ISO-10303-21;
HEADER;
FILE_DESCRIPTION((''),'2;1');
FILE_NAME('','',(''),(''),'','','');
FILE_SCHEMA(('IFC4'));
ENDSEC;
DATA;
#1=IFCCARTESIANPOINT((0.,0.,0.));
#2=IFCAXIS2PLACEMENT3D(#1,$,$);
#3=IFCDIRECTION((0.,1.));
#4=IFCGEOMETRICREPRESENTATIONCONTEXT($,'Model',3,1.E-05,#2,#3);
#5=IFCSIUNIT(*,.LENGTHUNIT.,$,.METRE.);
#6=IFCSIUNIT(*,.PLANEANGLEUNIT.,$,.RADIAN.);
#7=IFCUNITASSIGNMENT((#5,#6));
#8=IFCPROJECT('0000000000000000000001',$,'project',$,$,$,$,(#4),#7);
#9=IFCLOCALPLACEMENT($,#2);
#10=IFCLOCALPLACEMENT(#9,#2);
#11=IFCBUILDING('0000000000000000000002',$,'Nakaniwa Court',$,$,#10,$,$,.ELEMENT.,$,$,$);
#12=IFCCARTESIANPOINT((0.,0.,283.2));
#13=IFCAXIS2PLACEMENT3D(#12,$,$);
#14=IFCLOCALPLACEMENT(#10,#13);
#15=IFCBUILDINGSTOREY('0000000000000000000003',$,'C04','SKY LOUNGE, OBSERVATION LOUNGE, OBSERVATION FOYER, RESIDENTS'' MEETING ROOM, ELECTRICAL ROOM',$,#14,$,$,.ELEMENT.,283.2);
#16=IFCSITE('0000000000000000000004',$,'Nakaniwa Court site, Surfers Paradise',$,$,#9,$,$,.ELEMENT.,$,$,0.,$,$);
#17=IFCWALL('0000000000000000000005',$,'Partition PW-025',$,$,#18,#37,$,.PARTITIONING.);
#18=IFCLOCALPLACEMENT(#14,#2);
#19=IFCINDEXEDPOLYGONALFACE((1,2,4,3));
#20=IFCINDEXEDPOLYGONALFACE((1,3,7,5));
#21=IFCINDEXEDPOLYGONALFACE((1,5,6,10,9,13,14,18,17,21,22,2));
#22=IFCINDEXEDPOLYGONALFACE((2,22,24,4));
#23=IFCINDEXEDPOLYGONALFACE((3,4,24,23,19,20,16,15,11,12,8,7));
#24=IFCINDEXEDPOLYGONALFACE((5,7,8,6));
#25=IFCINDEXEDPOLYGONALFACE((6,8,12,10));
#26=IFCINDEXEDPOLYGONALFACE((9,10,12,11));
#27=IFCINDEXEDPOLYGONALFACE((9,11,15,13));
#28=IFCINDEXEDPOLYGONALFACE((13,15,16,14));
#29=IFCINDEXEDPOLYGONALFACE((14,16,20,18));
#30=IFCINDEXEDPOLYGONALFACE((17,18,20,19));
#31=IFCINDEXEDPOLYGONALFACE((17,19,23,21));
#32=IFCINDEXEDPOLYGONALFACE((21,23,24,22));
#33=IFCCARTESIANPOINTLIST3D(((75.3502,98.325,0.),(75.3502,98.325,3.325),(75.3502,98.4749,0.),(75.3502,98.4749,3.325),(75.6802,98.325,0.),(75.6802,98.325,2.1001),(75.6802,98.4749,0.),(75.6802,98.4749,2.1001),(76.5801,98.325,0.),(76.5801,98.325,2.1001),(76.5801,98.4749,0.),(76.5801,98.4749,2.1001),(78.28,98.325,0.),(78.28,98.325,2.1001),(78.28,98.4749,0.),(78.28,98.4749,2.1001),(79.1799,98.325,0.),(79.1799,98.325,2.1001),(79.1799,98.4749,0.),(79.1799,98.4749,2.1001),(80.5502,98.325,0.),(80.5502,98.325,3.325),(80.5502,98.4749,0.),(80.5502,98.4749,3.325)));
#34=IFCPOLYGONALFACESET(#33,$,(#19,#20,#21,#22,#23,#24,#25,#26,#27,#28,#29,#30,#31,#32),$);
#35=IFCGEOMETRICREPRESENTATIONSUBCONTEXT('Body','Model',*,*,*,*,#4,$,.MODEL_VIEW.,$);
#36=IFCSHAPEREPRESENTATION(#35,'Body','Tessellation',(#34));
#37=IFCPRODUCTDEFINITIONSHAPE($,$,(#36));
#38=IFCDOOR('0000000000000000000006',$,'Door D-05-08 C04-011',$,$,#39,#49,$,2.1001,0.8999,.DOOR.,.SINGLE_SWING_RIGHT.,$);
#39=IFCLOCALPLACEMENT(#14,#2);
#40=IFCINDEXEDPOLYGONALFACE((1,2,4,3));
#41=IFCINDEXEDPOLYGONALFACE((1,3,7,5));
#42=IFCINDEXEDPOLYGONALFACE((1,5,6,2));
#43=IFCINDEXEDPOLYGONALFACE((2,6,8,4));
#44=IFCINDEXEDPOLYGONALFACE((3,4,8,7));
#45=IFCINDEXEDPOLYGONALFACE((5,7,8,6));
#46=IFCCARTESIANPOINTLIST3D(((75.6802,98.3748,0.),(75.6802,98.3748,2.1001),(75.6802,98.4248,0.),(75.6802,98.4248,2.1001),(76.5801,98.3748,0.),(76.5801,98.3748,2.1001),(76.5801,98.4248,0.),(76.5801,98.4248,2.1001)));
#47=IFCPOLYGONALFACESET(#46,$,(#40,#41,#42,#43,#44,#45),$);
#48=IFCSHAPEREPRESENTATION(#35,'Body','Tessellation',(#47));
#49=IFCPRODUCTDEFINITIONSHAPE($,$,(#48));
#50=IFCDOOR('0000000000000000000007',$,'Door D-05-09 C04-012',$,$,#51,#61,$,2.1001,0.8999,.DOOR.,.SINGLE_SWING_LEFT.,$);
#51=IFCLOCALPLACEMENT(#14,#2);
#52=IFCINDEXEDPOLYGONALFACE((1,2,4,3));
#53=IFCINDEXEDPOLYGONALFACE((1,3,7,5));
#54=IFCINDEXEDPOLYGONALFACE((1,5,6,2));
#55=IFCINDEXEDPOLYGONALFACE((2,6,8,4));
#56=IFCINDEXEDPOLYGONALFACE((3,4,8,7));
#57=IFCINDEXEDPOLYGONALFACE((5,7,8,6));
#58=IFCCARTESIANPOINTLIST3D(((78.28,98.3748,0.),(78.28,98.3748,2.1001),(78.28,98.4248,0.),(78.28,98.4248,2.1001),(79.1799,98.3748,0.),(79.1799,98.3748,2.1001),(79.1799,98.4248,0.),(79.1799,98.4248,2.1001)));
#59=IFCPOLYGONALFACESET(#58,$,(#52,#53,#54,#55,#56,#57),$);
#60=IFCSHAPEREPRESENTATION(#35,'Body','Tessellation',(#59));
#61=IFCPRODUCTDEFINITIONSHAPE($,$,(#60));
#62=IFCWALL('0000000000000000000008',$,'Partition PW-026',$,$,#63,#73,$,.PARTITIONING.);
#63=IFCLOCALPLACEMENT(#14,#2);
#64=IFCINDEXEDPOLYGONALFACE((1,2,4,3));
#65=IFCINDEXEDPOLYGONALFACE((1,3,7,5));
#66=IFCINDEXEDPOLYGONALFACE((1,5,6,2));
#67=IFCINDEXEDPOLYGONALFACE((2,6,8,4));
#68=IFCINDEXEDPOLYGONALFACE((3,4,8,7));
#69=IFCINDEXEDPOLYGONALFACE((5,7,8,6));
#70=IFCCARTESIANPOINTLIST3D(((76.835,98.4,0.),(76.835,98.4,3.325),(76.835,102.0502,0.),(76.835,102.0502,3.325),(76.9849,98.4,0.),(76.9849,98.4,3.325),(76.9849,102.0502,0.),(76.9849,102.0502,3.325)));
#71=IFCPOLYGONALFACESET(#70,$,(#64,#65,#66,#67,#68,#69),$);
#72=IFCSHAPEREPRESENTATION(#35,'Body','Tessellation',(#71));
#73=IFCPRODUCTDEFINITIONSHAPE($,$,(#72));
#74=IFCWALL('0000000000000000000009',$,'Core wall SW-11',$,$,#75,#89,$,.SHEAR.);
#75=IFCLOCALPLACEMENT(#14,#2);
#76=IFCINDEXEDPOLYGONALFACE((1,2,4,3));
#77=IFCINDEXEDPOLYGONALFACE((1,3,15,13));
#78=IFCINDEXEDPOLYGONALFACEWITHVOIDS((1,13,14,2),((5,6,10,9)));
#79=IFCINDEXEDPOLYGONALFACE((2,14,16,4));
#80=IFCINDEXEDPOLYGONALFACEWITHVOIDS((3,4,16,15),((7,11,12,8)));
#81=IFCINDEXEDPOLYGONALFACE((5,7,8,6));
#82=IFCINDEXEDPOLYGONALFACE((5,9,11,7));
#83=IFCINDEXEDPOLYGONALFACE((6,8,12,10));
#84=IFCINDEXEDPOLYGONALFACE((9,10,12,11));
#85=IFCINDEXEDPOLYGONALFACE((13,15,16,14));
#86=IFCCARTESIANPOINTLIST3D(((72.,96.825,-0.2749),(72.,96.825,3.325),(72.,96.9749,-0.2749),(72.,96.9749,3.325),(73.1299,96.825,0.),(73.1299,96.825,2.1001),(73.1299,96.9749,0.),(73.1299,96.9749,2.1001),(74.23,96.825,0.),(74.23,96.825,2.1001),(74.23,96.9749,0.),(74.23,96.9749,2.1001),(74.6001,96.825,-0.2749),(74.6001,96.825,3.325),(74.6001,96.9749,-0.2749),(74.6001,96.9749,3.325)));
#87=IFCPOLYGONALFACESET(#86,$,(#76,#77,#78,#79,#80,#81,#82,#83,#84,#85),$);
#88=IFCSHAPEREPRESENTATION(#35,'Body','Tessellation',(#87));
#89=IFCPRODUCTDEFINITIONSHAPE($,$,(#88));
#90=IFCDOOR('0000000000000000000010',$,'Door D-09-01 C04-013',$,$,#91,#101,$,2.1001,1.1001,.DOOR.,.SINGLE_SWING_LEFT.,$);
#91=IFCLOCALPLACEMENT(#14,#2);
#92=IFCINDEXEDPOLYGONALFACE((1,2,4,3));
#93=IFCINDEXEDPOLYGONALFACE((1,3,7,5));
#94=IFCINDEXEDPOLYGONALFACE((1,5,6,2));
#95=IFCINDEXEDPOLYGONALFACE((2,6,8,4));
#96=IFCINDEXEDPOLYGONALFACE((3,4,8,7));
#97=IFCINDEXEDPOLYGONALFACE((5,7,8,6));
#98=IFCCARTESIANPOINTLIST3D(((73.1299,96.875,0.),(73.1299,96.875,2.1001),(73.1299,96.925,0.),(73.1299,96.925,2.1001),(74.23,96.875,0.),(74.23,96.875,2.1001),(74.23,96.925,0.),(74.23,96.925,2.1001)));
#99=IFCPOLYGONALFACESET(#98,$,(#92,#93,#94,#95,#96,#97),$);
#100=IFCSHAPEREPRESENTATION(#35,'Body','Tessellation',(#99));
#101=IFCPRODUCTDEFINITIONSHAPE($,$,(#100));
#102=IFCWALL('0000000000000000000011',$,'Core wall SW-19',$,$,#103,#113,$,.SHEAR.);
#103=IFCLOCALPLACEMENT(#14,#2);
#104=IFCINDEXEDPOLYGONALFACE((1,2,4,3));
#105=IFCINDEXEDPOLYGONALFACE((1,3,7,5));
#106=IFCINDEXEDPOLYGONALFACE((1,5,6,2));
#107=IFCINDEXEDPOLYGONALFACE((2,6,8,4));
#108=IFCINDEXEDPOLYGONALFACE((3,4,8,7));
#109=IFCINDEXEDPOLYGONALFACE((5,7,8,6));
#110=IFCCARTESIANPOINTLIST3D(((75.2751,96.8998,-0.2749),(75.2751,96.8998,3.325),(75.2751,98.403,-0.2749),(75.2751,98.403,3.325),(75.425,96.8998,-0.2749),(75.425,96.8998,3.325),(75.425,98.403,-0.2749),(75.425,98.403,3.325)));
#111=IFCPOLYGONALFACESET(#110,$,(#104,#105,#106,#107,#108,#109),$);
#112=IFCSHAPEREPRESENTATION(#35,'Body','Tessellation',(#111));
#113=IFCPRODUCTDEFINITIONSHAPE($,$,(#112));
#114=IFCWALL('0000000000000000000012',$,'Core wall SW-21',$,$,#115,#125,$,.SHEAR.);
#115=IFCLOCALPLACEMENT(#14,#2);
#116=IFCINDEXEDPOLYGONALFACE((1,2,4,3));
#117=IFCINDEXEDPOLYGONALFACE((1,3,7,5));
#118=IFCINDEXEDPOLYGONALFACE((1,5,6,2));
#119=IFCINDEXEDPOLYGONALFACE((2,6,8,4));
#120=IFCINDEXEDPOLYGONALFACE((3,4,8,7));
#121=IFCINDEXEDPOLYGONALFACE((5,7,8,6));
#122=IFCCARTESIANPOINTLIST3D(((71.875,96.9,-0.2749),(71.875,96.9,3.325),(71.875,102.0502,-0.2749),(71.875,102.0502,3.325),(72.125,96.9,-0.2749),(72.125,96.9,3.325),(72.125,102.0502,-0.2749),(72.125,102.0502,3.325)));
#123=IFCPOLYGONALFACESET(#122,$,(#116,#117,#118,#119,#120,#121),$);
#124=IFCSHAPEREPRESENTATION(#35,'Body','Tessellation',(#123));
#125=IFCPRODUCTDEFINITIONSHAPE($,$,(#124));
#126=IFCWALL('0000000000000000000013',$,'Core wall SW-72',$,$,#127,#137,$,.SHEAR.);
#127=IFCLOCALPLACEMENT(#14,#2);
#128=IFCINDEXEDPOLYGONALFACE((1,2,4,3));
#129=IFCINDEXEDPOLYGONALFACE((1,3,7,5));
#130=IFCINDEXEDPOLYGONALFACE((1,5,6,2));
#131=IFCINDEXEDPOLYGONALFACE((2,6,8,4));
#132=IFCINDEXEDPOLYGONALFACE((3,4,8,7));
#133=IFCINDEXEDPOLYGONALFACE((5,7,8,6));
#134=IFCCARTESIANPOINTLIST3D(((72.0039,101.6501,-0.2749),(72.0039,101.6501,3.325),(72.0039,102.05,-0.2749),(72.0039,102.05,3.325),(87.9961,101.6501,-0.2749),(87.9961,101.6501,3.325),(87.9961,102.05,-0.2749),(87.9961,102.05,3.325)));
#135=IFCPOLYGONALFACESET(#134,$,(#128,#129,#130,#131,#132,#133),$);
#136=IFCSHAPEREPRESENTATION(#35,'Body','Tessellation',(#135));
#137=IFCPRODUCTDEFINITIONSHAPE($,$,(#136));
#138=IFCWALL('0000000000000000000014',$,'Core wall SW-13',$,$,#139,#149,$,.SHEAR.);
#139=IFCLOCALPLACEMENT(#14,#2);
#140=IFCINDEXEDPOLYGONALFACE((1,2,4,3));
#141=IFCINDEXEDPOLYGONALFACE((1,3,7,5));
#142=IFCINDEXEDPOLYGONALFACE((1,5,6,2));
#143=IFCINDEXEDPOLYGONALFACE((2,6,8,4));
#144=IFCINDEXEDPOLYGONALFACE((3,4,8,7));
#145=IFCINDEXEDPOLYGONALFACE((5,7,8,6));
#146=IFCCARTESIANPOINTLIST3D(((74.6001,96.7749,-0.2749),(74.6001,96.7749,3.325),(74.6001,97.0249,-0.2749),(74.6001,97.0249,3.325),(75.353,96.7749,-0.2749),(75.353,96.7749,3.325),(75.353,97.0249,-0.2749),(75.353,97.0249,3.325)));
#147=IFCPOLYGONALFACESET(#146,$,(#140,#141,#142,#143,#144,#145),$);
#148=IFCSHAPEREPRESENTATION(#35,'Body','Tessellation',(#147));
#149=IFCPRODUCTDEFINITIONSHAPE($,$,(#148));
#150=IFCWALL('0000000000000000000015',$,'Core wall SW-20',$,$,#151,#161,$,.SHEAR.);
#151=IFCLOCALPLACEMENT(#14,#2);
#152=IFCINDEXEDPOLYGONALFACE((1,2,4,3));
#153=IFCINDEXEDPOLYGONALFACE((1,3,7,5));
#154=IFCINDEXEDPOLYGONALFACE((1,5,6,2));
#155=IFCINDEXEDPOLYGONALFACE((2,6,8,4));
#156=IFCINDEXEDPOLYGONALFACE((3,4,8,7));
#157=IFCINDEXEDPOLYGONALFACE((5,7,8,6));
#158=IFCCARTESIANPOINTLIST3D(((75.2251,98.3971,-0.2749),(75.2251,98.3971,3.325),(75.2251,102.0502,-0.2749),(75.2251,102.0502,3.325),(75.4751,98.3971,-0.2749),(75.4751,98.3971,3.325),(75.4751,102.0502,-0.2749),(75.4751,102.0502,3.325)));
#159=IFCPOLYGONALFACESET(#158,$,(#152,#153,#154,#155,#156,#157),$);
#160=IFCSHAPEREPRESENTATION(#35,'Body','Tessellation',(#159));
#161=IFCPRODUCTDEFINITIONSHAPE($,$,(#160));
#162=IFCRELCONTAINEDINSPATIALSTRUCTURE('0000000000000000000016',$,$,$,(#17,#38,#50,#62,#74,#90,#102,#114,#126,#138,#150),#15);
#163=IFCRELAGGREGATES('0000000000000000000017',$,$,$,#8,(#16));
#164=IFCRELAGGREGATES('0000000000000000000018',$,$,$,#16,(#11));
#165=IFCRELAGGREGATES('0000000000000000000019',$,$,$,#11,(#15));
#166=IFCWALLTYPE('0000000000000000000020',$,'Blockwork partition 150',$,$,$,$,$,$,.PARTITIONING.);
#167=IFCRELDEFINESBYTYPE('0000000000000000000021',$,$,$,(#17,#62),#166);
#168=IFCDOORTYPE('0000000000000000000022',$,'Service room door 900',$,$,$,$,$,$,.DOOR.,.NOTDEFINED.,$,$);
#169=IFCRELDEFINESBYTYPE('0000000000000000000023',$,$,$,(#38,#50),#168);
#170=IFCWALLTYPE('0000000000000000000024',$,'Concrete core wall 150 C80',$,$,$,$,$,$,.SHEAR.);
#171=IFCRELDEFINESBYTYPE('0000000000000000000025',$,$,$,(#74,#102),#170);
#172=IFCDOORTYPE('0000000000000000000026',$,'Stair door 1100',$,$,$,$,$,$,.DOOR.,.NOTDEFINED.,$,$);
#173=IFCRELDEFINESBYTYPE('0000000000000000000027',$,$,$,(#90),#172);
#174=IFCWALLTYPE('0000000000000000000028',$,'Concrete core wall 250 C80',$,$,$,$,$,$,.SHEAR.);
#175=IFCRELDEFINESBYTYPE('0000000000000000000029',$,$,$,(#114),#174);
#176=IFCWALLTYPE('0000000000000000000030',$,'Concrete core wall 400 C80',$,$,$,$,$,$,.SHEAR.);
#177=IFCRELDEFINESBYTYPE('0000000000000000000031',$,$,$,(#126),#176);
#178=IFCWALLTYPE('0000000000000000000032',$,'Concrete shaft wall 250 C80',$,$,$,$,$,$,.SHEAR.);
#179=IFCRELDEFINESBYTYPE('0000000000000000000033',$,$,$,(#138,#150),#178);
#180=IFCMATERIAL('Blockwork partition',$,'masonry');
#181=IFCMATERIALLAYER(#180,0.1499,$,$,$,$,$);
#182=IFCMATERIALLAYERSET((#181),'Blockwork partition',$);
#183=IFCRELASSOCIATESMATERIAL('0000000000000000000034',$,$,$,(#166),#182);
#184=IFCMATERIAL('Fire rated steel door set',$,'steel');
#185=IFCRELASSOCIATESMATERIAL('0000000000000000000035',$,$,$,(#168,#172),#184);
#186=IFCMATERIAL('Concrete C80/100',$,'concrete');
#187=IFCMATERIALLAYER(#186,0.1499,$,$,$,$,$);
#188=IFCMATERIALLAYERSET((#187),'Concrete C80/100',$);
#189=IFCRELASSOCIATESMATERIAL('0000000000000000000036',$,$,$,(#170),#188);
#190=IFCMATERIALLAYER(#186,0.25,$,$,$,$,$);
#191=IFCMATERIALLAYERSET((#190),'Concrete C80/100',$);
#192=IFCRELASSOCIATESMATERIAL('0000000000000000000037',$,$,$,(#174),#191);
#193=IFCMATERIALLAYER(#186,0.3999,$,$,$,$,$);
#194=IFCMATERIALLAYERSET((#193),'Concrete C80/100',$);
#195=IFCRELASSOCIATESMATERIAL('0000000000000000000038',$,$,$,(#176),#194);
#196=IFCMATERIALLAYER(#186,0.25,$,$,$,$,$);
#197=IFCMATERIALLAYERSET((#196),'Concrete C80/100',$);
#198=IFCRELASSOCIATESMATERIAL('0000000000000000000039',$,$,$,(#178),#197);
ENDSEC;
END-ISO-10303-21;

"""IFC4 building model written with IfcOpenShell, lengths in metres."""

from ifc_helpers import new_model, si_unit, direction, frame, frame_2d, origin, place, context, subcontext, project, spatial, rectangle, extrude, material, layer, layer_set, type_object, element, fill, save


model = new_model("IFC4")

# Units and contexts
model_context = context("Model", 3, precision=1e-05, world=origin(), true_north=direction((0.0, 1.0)))
body_context = subcontext(model_context, "Body", "Model", "MODEL_VIEW")
ifc_project = project(units=[si_unit("LENGTHUNIT", "METRE"), si_unit("PLANEANGLEUNIT", "RADIAN")], contexts=[model_context])

# Site, building, storey
site_placement = place(None, origin())
site = spatial("IfcSite", under=ifc_project, at=site_placement, Name="Nakaniwa Court site, Surfers Paradise", CompositionType="ELEMENT", RefElevation=0.0)
building_placement = place(site_placement, origin())
building = spatial("IfcBuilding", under=site, at=building_placement, Name="Nakaniwa Court", CompositionType="ELEMENT")
storey_placement = place(building_placement, frame((0.0, 0.0, 283.2)))
storey = spatial("IfcBuildingStorey", under=building, at=storey_placement, Name="C04", Description="SKY LOUNGE, OBSERVATION LOUNGE, OBSERVATION FOYER, RESIDENTS' MEETING ROOM, ELECTRICAL ROOM", CompositionType="ELEMENT", Elevation=283.2)

# Shared definitions
ifc_material_1 = material(Name="Concrete C80/100", Category="concrete")

# Shared definitions
ifc_material_2 = material(Name="Blockwork partition", Category="masonry")
ifc_layer_1 = layer(ifc_material_2, 0.1499)
ifc_layer_set_1 = layer_set([ifc_layer_1], Name="Blockwork partition")
wall_type_1 = type_object("IfcWallType", Name="Blockwork partition 150", PredefinedType="PARTITIONING", material=ifc_layer_set_1)
ifc_material_3 = material(Name="Fire rated steel door set", Category="steel")

# Wall, openings, doors
wall_1_placement = place(storey_placement, frame((75.3501, 98.3999, 0.0), z_axis=(0.0, 0.0, 1.0), x_axis=(1.0, 0.0, 0.0)))
wall_1 = element("IfcWall", 1, at=wall_1_placement, inside=storey, type_object=wall_type_1, Name="Partition PW-025", PredefinedType="PARTITIONING", context=body_context, shape_type="SweptSolid", body=[
    extrude(rectangle(XDim=5.2, YDim=0.1499, at=frame_2d((2.6001, 0.0))), origin(), (0.0, 0.0, 1.0), 3.325),
])
opening_1_placement = place(wall_1_placement, frame((0.3301, 0.0, 0.0)))
opening_1 = element("IfcOpeningElement", 2, at=opening_1_placement, cuts=wall_1, PredefinedType="OPENING", context=body_context, shape_type="SweptSolid", body=[
    extrude(rectangle(XDim=0.8999, YDim=2.1001, at=frame_2d((0.45, 1.05))), frame((0.0, 0.085, 0.0), z_axis=(0.0, -1.0, 0.0), x_axis=(1.0, 0.0, 0.0)), (0.0, 0.0, 1.0), 0.1699),
])
opening_2_placement = place(wall_1_placement, frame((2.9299, 0.0, 0.0)))
opening_2 = element("IfcOpeningElement", 3, at=opening_2_placement, cuts=wall_1, PredefinedType="OPENING", context=body_context, shape_type="SweptSolid", body=[
    extrude(rectangle(XDim=0.8999, YDim=2.1001, at=frame_2d((0.45, 1.05))), frame((0.0, 0.085, 0.0), z_axis=(0.0, -1.0, 0.0), x_axis=(1.0, 0.0, 0.0)), (0.0, 0.0, 1.0), 0.1699),
])
door_type_1 = type_object("IfcDoorType", Name="Service room door 900", OperationType="NOTDEFINED", PredefinedType="DOOR", material=ifc_material_3)
door_1_placement = place(opening_1_placement, origin())
door_1 = element("IfcDoor", 4, at=door_1_placement, inside=storey, type_object=door_type_1, Name="Door D-05-08 C04-011", OperationType="SINGLE_SWING_RIGHT", OverallHeight=2.1001, OverallWidth=0.8999, PredefinedType="DOOR", context=body_context, shape_type="SweptSolid", body=[
    extrude(rectangle(XDim=0.8999, YDim=2.1001, at=frame_2d((0.45, 1.05))), frame((0.0, 0.0249, 0.0), z_axis=(0.0, -1.0, 0.0), x_axis=(1.0, 0.0, 0.0)), (0.0, 0.0, 1.0), 0.05),
])
fill(opening_1, door_1)
door_2_placement = place(opening_2_placement, origin())
door_2 = element("IfcDoor", 5, at=door_2_placement, inside=storey, type_object=door_type_1, Name="Door D-05-09 C04-012", OperationType="SINGLE_SWING_LEFT", OverallHeight=2.1001, OverallWidth=0.8999, PredefinedType="DOOR", context=body_context, shape_type="SweptSolid", body=[
    extrude(rectangle(XDim=0.8999, YDim=2.1001, at=frame_2d((0.45, 1.05))), frame((0.0, 0.0249, 0.0), z_axis=(0.0, -1.0, 0.0), x_axis=(1.0, 0.0, 0.0)), (0.0, 0.0, 1.0), 0.05),
])
fill(opening_2, door_2)

# Wall
wall_2_placement = place(storey_placement, frame((76.9099, 98.3999, 0.0), z_axis=(0.0, 0.0, 1.0), x_axis=(0.0, 1.0, 0.0)))
element("IfcWall", 6, at=wall_2_placement, inside=storey, type_object=wall_type_1, Name="Partition PW-026", PredefinedType="PARTITIONING", context=body_context, shape_type="SweptSolid", body=[
    extrude(rectangle(XDim=3.6501, YDim=0.1499, at=frame_2d((1.8252, 0.0))), origin(), (0.0, 0.0, 1.0), 3.325),
])

# Wall, opening, door
ifc_layer_2 = layer(ifc_material_1, 0.1499)
ifc_layer_set_2 = layer_set([ifc_layer_2], Name="Concrete C80/100")
wall_type_2 = type_object("IfcWallType", Name="Concrete core wall 150 C80", PredefinedType="SHEAR", material=ifc_layer_set_2)
wall_3_placement = place(storey_placement, frame((74.6001, 96.8999, -0.2749), z_axis=(0.0, 0.0, 1.0), x_axis=(-1.0, 0.0, 0.0)))
wall_3 = element("IfcWall", 7, at=wall_3_placement, inside=storey, type_object=wall_type_2, Name="Core wall SW-11", PredefinedType="SHEAR", context=body_context, shape_type="SweptSolid", body=[
    extrude(rectangle(XDim=2.6001, YDim=0.1499, at=frame_2d((1.3, 0.0))), origin(), (0.0, 0.0, 1.0), 3.5999),
])
opening_3_placement = place(wall_3_placement, frame((0.3701, 0.0, 0.2749)))
opening_3 = element("IfcOpeningElement", 8, at=opening_3_placement, cuts=wall_3, PredefinedType="OPENING", context=body_context, shape_type="SweptSolid", body=[
    extrude(rectangle(XDim=1.1001, YDim=2.1001, at=frame_2d((0.55, 1.05))), frame((0.0, 0.085, 0.0), z_axis=(0.0, -1.0, 0.0), x_axis=(1.0, 0.0, 0.0)), (0.0, 0.0, 1.0), 0.1699),
])
door_type_2 = type_object("IfcDoorType", Name="Stair door 1100", OperationType="NOTDEFINED", PredefinedType="DOOR", material=ifc_material_3)
door_3_placement = place(opening_3_placement, origin())
door_3 = element("IfcDoor", 9, at=door_3_placement, inside=storey, type_object=door_type_2, Name="Door D-09-01 C04-013", OperationType="SINGLE_SWING_LEFT", OverallHeight=2.1001, OverallWidth=1.1001, PredefinedType="DOOR", context=body_context, shape_type="SweptSolid", body=[
    extrude(rectangle(XDim=1.1001, YDim=2.1001, at=frame_2d((0.55, 1.05))), frame((0.0, 0.0249, 0.0), z_axis=(0.0, -1.0, 0.0), x_axis=(1.0, 0.0, 0.0)), (0.0, 0.0, 1.0), 0.05),
])
fill(opening_3, door_3)

# Walls
wall_4_placement = place(storey_placement, frame((75.3501, 96.8999, -0.2749), z_axis=(0.0, 0.0, 1.0), x_axis=(0.0, 1.0, 0.0)))
element("IfcWall", 10, at=wall_4_placement, inside=storey, type_object=wall_type_2, Name="Core wall SW-19", PredefinedType="SHEAR", context=body_context, shape_type="SweptSolid", body=[
    extrude(rectangle(XDim=1.5032, YDim=0.1499, at=frame_2d((0.7515, 0.0))), origin(), (0.0, 0.0, 1.0), 3.5999),
])
ifc_layer_3 = layer(ifc_material_1, 0.25)
ifc_layer_set_3 = layer_set([ifc_layer_3], Name="Concrete C80/100")
wall_type_3 = type_object("IfcWallType", Name="Concrete core wall 250 C80", PredefinedType="SHEAR", material=ifc_layer_set_3)
wall_5_placement = place(storey_placement, frame((72.0, 96.8999, -0.2749), z_axis=(0.0, 0.0, 1.0), x_axis=(0.0, 1.0, 0.0)))
element("IfcWall", 11, at=wall_5_placement, inside=storey, type_object=wall_type_3, Name="Core wall SW-21", PredefinedType="SHEAR", context=body_context, shape_type="SweptSolid", body=[
    extrude(rectangle(XDim=5.1501, YDim=0.25, at=frame_2d((2.5752, 0.0))), origin(), (0.0, 0.0, 1.0), 3.5999),
])
ifc_layer_4 = layer(ifc_material_1, 0.3999)
ifc_layer_set_4 = layer_set([ifc_layer_4], Name="Concrete C80/100")
wall_type_4 = type_object("IfcWallType", Name="Concrete core wall 400 C80", PredefinedType="SHEAR", material=ifc_layer_set_4)
wall_6_placement = place(storey_placement, frame((72.0039, 101.8501, -0.2749), z_axis=(0.0, 0.0, 1.0), x_axis=(1.0, 0.0, 0.0)))
element("IfcWall", 12, at=wall_6_placement, inside=storey, type_object=wall_type_4, Name="Core wall SW-72", PredefinedType="SHEAR", context=body_context, shape_type="SweptSolid", body=[
    extrude(rectangle(XDim=15.9922, YDim=0.3999, at=frame_2d((7.9961, 0.0))), origin(), (0.0, 0.0, 1.0), 3.5999),
])
ifc_layer_5 = layer(ifc_material_1, 0.25)
ifc_layer_set_5 = layer_set([ifc_layer_5], Name="Concrete C80/100")
wall_type_5 = type_object("IfcWallType", Name="Concrete shaft wall 250 C80", PredefinedType="SHEAR", material=ifc_layer_set_5)
wall_7_placement = place(storey_placement, frame((74.6001, 96.8999, -0.2749), z_axis=(0.0, 0.0, 1.0), x_axis=(1.0, 0.0, 0.0)))
element("IfcWall", 13, at=wall_7_placement, inside=storey, type_object=wall_type_5, Name="Core wall SW-13", PredefinedType="SHEAR", context=body_context, shape_type="SweptSolid", body=[
    extrude(rectangle(XDim=0.7529, YDim=0.25, at=frame_2d((0.3765, 0.0))), origin(), (0.0, 0.0, 1.0), 3.5999),
])
wall_8_placement = place(storey_placement, frame((75.3501, 98.397, -0.2749), z_axis=(0.0, 0.0, 1.0), x_axis=(0.0, 1.0, 0.0)))
element("IfcWall", 14, at=wall_8_placement, inside=storey, type_object=wall_type_5, Name="Core wall SW-20", PredefinedType="SHEAR", context=body_context, shape_type="SweptSolid", body=[
    extrude(rectangle(XDim=3.6531, YDim=0.25, at=frame_2d((1.8267, 0.0))), origin(), (0.0, 0.0, 1.0), 3.5999),
])

save(model, "model.ifc")
